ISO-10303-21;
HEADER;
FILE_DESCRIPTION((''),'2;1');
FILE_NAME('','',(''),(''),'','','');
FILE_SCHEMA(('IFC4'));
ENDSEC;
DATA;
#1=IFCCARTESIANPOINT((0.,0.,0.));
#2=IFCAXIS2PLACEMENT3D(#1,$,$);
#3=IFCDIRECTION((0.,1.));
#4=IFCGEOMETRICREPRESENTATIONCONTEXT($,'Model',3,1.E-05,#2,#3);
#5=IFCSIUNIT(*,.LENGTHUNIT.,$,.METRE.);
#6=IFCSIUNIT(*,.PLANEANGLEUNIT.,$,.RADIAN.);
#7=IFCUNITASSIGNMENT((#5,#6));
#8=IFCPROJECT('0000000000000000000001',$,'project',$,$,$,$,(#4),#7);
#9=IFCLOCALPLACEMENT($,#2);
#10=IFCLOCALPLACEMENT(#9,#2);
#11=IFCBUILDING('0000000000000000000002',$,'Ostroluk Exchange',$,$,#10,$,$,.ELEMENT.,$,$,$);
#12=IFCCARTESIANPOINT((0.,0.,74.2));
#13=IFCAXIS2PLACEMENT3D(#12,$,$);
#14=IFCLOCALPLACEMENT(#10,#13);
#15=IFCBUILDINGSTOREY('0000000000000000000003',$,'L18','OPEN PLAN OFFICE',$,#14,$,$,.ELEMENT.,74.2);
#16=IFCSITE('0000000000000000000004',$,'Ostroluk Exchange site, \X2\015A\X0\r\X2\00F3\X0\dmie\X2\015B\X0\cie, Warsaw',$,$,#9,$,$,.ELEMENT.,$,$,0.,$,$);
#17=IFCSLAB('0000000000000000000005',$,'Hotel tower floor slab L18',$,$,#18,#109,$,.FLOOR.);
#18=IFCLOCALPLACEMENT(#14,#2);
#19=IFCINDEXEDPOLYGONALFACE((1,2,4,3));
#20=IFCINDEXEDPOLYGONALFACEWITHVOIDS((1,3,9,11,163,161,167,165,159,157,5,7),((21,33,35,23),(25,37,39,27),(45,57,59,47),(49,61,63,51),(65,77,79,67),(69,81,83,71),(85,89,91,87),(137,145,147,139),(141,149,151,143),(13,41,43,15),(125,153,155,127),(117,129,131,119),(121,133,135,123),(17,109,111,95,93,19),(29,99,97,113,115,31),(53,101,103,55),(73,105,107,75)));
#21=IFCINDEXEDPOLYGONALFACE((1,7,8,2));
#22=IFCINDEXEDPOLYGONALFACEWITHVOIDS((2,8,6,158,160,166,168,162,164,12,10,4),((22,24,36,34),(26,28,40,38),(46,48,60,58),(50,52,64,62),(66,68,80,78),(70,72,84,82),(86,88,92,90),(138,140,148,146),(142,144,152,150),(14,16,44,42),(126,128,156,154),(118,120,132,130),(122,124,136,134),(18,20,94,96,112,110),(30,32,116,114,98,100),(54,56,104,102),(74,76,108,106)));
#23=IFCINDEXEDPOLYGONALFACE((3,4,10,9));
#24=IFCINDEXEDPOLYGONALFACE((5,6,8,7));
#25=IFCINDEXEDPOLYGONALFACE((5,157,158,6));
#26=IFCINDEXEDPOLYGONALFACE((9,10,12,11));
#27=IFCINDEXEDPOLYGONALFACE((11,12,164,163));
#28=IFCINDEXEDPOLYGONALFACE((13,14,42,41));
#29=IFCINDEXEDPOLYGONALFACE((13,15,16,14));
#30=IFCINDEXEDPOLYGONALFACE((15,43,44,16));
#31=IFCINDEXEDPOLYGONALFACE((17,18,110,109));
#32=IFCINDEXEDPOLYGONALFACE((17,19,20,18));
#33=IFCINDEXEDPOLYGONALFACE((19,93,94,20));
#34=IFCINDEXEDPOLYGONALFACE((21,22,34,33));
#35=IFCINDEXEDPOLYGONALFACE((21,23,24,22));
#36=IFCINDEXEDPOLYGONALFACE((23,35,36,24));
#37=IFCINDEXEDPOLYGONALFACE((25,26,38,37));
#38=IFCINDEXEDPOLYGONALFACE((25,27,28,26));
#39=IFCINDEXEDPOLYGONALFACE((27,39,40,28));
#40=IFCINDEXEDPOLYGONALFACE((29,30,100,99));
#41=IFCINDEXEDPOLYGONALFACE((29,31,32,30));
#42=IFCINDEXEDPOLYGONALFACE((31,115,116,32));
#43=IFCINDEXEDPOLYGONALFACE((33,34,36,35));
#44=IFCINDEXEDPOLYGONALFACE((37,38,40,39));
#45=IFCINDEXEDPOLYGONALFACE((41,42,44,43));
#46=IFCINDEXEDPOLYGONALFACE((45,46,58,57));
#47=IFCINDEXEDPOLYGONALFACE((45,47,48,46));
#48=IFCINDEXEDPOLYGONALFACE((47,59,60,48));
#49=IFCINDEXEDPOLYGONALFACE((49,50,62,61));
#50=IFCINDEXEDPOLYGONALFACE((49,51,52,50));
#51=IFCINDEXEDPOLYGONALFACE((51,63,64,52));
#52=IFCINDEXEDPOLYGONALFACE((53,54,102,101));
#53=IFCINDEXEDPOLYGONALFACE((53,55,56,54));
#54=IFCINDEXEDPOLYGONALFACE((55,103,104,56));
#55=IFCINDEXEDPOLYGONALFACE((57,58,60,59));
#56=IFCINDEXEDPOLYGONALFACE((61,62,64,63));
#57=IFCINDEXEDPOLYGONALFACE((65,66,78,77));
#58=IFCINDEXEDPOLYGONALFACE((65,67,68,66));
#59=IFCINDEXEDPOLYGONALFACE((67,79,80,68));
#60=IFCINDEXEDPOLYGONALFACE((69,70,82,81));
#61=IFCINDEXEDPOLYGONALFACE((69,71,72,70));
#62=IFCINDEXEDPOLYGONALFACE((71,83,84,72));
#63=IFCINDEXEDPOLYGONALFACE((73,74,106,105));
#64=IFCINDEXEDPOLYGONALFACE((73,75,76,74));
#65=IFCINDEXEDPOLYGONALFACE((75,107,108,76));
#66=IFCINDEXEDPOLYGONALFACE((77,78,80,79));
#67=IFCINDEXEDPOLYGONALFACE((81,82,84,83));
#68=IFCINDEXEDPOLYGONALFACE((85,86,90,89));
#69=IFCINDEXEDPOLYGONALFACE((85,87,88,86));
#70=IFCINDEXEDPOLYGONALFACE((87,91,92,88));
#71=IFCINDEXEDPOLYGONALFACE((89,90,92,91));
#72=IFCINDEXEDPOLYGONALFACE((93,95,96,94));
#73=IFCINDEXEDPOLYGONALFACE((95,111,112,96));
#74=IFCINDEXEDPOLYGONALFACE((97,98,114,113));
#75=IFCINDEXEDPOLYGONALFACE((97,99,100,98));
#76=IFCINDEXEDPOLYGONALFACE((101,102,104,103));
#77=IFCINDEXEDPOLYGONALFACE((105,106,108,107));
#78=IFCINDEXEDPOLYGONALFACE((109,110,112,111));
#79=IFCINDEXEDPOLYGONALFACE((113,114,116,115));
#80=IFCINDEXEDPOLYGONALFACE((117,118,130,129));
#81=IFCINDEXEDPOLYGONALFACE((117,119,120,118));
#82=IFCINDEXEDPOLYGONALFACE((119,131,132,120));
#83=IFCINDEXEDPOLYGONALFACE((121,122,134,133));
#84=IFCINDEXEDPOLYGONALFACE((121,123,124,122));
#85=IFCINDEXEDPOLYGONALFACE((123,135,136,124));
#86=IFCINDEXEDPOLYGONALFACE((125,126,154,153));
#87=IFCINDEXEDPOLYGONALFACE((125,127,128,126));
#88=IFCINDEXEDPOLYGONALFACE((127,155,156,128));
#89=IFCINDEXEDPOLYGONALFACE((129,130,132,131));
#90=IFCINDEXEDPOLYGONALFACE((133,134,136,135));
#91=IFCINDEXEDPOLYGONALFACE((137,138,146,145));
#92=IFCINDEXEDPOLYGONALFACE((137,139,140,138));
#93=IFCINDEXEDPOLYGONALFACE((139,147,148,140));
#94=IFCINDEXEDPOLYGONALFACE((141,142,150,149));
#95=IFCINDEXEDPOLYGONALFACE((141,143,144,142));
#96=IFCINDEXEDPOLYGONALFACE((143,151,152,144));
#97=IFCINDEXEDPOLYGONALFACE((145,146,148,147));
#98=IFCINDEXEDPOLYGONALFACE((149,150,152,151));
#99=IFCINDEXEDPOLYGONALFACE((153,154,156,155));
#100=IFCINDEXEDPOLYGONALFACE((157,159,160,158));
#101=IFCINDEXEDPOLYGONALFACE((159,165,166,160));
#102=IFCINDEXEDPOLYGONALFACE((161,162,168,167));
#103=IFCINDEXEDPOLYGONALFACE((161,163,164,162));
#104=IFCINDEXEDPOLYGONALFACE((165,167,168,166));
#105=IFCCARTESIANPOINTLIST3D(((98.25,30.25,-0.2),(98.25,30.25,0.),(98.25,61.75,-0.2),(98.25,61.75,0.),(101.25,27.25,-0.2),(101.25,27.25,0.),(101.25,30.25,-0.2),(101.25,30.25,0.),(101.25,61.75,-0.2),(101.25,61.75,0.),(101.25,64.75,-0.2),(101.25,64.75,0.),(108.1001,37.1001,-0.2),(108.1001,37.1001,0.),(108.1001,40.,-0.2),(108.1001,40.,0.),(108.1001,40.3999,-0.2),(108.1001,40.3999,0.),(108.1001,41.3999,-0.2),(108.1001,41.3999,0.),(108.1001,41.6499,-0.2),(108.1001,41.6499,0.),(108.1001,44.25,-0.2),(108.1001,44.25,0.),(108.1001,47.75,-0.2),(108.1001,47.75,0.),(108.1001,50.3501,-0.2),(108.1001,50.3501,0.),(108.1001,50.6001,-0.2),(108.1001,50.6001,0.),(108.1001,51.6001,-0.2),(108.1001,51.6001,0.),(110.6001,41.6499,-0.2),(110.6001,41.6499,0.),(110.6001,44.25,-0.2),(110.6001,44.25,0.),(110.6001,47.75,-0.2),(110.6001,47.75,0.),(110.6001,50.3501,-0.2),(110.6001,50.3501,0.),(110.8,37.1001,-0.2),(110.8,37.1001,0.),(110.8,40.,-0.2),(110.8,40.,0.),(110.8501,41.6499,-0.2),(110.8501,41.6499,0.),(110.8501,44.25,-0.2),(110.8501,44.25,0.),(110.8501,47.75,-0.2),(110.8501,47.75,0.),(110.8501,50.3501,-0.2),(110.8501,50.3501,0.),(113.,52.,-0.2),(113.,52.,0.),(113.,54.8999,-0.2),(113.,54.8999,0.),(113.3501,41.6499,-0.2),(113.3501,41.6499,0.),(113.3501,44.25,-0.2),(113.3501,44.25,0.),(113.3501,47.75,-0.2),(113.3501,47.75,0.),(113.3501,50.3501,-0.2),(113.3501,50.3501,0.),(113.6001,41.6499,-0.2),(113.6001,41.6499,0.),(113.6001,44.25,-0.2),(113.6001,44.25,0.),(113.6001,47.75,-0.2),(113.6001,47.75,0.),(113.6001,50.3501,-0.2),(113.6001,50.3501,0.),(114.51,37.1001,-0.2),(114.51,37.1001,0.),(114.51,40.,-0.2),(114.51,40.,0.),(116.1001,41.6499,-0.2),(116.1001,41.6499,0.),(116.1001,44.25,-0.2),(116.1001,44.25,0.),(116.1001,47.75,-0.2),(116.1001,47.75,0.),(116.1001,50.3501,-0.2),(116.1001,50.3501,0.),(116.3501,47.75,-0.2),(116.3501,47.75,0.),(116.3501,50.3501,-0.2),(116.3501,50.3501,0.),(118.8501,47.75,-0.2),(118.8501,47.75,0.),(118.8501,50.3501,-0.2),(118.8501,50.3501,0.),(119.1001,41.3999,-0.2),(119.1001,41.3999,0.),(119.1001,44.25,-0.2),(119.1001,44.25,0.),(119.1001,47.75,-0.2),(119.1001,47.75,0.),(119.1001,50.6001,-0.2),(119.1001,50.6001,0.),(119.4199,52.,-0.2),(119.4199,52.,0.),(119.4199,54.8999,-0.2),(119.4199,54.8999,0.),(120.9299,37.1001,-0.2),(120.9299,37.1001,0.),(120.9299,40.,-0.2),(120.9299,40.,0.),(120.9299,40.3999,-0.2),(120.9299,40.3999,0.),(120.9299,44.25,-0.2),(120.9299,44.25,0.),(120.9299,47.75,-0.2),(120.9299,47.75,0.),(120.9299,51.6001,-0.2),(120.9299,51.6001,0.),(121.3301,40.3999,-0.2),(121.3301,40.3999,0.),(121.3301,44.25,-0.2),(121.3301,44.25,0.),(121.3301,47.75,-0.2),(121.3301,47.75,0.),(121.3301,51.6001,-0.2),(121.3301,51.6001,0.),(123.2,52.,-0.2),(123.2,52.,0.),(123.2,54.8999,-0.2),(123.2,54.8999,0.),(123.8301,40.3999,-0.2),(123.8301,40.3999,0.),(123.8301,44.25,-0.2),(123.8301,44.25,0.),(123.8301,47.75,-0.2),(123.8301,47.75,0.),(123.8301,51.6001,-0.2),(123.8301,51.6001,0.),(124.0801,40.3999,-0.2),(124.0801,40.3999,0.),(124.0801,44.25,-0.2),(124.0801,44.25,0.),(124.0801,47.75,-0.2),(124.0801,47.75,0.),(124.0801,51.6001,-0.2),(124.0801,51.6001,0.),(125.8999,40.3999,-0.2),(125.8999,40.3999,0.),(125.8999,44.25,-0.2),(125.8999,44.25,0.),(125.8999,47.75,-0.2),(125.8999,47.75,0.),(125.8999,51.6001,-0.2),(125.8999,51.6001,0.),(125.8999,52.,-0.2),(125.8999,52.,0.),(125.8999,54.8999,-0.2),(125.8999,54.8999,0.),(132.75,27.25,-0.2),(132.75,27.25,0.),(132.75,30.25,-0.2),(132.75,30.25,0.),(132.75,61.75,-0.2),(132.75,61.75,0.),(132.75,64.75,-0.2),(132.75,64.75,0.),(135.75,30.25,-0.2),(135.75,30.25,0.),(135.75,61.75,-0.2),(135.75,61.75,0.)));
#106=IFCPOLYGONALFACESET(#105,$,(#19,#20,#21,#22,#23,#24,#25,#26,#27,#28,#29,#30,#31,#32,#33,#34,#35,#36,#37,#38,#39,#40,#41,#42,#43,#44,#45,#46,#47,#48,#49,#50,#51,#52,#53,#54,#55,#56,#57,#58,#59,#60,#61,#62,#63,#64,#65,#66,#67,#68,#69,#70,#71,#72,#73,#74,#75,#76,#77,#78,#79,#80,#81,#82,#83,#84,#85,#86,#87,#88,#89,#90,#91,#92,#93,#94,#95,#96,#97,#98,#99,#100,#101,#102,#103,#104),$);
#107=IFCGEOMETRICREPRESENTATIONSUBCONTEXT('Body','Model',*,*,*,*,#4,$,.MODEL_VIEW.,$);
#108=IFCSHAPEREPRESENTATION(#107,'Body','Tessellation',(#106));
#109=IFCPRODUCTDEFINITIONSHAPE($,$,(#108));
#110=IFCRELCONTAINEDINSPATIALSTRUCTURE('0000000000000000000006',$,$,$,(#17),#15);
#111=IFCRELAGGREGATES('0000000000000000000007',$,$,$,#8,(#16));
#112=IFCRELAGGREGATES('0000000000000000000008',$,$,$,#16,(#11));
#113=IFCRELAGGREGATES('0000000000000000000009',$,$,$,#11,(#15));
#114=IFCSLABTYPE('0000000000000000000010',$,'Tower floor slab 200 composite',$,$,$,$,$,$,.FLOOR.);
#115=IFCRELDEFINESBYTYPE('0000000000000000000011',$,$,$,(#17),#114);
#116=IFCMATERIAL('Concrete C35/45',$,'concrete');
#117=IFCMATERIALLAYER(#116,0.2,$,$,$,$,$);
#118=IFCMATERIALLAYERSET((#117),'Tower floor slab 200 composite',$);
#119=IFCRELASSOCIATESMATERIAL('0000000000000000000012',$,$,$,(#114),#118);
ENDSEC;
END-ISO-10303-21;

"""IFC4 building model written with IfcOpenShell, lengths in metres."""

from ifc_helpers import new_model, si_unit, direction, frame, origin, place, context, subcontext, project, spatial, polyline, outline, extrude, material, layer, layer_set, type_object, element, save


model = new_model("IFC4")

# Units and contexts
model_context = context("Model", 3, precision=1e-05, world=origin(), true_north=direction((0.0, 1.0)))
body_context = subcontext(model_context, "Body", "Model", "MODEL_VIEW")
ifc_project = project(units=[si_unit("LENGTHUNIT", "METRE"), si_unit("PLANEANGLEUNIT", "RADIAN")], contexts=[model_context])

# Site, building, storey
site_placement = place(None, origin())
site = spatial("IfcSite", under=ifc_project, at=site_placement, Name="Ostroluk Exchange site, Śródmieście, Warsaw", CompositionType="ELEMENT", RefElevation=0.0)
building_placement = place(site_placement, origin())
building = spatial("IfcBuilding", under=site, at=building_placement, Name="Ostroluk Exchange", CompositionType="ELEMENT")
storey_placement = place(building_placement, frame((0.0, 0.0, 74.2)))
storey = spatial("IfcBuildingStorey", under=building, at=storey_placement, Name="L18", Description="OPEN PLAN OFFICE", CompositionType="ELEMENT", Elevation=74.2)

# Slab
ifc_material_1 = material(Name="Concrete C35/45", Category="concrete")
ifc_layer_1 = layer(ifc_material_1, 0.2)
ifc_layer_set_1 = layer_set([ifc_layer_1], Name="Tower floor slab 200 composite")
slab_type_1 = type_object("IfcSlabType", Name="Tower floor slab 200 composite", PredefinedType="FLOOR", material=ifc_layer_set_1)
slab_1_placement = place(storey_placement, frame((0.0, 0.0, -0.2)))
element("IfcSlab", 1, at=slab_1_placement, inside=storey, type_object=slab_type_1, Name="Hotel tower floor slab L18", PredefinedType="FLOOR", context=body_context, shape_type="SweptSolid", body=[
    extrude(outline(polyline([(101.25, 27.25), (132.75, 27.25), (132.75, 30.25), (135.75, 30.25), (135.75, 61.75), (132.75, 61.75), (132.75, 64.75), (101.25, 64.75), (101.25, 61.75), (98.25, 61.75), (98.25, 30.25), (101.25, 30.25), (101.25, 27.25)]), holes=[polyline([(108.1001, 37.1001), (110.8, 37.1001), (110.8, 40.0), (108.1001, 40.0), (108.1001, 37.1001)]), polyline([(114.51, 37.1001), (120.9299, 37.1001), (120.9299, 40.0), (114.51, 40.0), (114.51, 37.1001)]), polyline([(113.0, 52.0), (119.4199, 52.0), (119.4199, 54.8999), (113.0, 54.8999), (113.0, 52.0)]), polyline([(123.2, 52.0), (125.8999, 52.0), (125.8999, 54.8999), (123.2, 54.8999), (123.2, 52.0)]), polyline([(108.1001, 47.75), (110.6001, 47.75), (110.6001, 50.3501), (108.1001, 50.3501), (108.1001, 47.75)]), polyline([(110.8501, 47.75), (113.3501, 47.75), (113.3501, 50.3501), (110.8501, 50.3501), (110.8501, 47.75)]), polyline([(113.6001, 47.75), (116.1001, 47.75), (116.1001, 50.3501), (113.6001, 50.3501), (113.6001, 47.75)]), polyline([(116.3501, 47.75), (118.8501, 47.75), (118.8501, 50.3501), (116.3501, 50.3501), (116.3501, 47.75)]), polyline([(108.1001, 41.6499), (110.6001, 41.6499), (110.6001, 44.25), (108.1001, 44.25), (108.1001, 41.6499)]), polyline([(110.8501, 41.6499), (113.3501, 41.6499), (113.3501, 44.25), (110.8501, 44.25), (110.8501, 41.6499)]), polyline([(113.6001, 41.6499), (116.1001, 41.6499), (116.1001, 44.25), (113.6001, 44.25), (113.6001, 41.6499)]), polyline([(121.3301, 47.75), (123.8301, 47.75), (123.8301, 51.6001), (121.3301, 51.6001), (121.3301, 47.75)]), polyline([(121.3301, 40.3999), (123.8301, 40.3999), (123.8301, 44.25), (121.3301, 44.25), (121.3301, 40.3999)]), polyline([(120.9299, 51.6001), (120.9299, 47.75), (119.1001, 47.75), (119.1001, 50.6001), (108.1001, 50.6001), (108.1001, 51.6001), (120.9299, 51.6001)]), polyline([(108.1001, 40.3999), (108.1001, 41.3999), (119.1001, 41.3999), (119.1001, 44.25), (120.9299, 44.25), (120.9299, 40.3999), (108.1001, 40.3999)]), polyline([(124.0801, 47.75), (125.8999, 47.75), (125.8999, 51.6001), (124.0801, 51.6001), (124.0801, 47.75)]), polyline([(124.0801, 40.3999), (125.8999, 40.3999), (125.8999, 44.25), (124.0801, 44.25), (124.0801, 40.3999)])]), origin(), (0.0, 0.0, 1.0), 0.2),
])

save(model, "model.ifc")
